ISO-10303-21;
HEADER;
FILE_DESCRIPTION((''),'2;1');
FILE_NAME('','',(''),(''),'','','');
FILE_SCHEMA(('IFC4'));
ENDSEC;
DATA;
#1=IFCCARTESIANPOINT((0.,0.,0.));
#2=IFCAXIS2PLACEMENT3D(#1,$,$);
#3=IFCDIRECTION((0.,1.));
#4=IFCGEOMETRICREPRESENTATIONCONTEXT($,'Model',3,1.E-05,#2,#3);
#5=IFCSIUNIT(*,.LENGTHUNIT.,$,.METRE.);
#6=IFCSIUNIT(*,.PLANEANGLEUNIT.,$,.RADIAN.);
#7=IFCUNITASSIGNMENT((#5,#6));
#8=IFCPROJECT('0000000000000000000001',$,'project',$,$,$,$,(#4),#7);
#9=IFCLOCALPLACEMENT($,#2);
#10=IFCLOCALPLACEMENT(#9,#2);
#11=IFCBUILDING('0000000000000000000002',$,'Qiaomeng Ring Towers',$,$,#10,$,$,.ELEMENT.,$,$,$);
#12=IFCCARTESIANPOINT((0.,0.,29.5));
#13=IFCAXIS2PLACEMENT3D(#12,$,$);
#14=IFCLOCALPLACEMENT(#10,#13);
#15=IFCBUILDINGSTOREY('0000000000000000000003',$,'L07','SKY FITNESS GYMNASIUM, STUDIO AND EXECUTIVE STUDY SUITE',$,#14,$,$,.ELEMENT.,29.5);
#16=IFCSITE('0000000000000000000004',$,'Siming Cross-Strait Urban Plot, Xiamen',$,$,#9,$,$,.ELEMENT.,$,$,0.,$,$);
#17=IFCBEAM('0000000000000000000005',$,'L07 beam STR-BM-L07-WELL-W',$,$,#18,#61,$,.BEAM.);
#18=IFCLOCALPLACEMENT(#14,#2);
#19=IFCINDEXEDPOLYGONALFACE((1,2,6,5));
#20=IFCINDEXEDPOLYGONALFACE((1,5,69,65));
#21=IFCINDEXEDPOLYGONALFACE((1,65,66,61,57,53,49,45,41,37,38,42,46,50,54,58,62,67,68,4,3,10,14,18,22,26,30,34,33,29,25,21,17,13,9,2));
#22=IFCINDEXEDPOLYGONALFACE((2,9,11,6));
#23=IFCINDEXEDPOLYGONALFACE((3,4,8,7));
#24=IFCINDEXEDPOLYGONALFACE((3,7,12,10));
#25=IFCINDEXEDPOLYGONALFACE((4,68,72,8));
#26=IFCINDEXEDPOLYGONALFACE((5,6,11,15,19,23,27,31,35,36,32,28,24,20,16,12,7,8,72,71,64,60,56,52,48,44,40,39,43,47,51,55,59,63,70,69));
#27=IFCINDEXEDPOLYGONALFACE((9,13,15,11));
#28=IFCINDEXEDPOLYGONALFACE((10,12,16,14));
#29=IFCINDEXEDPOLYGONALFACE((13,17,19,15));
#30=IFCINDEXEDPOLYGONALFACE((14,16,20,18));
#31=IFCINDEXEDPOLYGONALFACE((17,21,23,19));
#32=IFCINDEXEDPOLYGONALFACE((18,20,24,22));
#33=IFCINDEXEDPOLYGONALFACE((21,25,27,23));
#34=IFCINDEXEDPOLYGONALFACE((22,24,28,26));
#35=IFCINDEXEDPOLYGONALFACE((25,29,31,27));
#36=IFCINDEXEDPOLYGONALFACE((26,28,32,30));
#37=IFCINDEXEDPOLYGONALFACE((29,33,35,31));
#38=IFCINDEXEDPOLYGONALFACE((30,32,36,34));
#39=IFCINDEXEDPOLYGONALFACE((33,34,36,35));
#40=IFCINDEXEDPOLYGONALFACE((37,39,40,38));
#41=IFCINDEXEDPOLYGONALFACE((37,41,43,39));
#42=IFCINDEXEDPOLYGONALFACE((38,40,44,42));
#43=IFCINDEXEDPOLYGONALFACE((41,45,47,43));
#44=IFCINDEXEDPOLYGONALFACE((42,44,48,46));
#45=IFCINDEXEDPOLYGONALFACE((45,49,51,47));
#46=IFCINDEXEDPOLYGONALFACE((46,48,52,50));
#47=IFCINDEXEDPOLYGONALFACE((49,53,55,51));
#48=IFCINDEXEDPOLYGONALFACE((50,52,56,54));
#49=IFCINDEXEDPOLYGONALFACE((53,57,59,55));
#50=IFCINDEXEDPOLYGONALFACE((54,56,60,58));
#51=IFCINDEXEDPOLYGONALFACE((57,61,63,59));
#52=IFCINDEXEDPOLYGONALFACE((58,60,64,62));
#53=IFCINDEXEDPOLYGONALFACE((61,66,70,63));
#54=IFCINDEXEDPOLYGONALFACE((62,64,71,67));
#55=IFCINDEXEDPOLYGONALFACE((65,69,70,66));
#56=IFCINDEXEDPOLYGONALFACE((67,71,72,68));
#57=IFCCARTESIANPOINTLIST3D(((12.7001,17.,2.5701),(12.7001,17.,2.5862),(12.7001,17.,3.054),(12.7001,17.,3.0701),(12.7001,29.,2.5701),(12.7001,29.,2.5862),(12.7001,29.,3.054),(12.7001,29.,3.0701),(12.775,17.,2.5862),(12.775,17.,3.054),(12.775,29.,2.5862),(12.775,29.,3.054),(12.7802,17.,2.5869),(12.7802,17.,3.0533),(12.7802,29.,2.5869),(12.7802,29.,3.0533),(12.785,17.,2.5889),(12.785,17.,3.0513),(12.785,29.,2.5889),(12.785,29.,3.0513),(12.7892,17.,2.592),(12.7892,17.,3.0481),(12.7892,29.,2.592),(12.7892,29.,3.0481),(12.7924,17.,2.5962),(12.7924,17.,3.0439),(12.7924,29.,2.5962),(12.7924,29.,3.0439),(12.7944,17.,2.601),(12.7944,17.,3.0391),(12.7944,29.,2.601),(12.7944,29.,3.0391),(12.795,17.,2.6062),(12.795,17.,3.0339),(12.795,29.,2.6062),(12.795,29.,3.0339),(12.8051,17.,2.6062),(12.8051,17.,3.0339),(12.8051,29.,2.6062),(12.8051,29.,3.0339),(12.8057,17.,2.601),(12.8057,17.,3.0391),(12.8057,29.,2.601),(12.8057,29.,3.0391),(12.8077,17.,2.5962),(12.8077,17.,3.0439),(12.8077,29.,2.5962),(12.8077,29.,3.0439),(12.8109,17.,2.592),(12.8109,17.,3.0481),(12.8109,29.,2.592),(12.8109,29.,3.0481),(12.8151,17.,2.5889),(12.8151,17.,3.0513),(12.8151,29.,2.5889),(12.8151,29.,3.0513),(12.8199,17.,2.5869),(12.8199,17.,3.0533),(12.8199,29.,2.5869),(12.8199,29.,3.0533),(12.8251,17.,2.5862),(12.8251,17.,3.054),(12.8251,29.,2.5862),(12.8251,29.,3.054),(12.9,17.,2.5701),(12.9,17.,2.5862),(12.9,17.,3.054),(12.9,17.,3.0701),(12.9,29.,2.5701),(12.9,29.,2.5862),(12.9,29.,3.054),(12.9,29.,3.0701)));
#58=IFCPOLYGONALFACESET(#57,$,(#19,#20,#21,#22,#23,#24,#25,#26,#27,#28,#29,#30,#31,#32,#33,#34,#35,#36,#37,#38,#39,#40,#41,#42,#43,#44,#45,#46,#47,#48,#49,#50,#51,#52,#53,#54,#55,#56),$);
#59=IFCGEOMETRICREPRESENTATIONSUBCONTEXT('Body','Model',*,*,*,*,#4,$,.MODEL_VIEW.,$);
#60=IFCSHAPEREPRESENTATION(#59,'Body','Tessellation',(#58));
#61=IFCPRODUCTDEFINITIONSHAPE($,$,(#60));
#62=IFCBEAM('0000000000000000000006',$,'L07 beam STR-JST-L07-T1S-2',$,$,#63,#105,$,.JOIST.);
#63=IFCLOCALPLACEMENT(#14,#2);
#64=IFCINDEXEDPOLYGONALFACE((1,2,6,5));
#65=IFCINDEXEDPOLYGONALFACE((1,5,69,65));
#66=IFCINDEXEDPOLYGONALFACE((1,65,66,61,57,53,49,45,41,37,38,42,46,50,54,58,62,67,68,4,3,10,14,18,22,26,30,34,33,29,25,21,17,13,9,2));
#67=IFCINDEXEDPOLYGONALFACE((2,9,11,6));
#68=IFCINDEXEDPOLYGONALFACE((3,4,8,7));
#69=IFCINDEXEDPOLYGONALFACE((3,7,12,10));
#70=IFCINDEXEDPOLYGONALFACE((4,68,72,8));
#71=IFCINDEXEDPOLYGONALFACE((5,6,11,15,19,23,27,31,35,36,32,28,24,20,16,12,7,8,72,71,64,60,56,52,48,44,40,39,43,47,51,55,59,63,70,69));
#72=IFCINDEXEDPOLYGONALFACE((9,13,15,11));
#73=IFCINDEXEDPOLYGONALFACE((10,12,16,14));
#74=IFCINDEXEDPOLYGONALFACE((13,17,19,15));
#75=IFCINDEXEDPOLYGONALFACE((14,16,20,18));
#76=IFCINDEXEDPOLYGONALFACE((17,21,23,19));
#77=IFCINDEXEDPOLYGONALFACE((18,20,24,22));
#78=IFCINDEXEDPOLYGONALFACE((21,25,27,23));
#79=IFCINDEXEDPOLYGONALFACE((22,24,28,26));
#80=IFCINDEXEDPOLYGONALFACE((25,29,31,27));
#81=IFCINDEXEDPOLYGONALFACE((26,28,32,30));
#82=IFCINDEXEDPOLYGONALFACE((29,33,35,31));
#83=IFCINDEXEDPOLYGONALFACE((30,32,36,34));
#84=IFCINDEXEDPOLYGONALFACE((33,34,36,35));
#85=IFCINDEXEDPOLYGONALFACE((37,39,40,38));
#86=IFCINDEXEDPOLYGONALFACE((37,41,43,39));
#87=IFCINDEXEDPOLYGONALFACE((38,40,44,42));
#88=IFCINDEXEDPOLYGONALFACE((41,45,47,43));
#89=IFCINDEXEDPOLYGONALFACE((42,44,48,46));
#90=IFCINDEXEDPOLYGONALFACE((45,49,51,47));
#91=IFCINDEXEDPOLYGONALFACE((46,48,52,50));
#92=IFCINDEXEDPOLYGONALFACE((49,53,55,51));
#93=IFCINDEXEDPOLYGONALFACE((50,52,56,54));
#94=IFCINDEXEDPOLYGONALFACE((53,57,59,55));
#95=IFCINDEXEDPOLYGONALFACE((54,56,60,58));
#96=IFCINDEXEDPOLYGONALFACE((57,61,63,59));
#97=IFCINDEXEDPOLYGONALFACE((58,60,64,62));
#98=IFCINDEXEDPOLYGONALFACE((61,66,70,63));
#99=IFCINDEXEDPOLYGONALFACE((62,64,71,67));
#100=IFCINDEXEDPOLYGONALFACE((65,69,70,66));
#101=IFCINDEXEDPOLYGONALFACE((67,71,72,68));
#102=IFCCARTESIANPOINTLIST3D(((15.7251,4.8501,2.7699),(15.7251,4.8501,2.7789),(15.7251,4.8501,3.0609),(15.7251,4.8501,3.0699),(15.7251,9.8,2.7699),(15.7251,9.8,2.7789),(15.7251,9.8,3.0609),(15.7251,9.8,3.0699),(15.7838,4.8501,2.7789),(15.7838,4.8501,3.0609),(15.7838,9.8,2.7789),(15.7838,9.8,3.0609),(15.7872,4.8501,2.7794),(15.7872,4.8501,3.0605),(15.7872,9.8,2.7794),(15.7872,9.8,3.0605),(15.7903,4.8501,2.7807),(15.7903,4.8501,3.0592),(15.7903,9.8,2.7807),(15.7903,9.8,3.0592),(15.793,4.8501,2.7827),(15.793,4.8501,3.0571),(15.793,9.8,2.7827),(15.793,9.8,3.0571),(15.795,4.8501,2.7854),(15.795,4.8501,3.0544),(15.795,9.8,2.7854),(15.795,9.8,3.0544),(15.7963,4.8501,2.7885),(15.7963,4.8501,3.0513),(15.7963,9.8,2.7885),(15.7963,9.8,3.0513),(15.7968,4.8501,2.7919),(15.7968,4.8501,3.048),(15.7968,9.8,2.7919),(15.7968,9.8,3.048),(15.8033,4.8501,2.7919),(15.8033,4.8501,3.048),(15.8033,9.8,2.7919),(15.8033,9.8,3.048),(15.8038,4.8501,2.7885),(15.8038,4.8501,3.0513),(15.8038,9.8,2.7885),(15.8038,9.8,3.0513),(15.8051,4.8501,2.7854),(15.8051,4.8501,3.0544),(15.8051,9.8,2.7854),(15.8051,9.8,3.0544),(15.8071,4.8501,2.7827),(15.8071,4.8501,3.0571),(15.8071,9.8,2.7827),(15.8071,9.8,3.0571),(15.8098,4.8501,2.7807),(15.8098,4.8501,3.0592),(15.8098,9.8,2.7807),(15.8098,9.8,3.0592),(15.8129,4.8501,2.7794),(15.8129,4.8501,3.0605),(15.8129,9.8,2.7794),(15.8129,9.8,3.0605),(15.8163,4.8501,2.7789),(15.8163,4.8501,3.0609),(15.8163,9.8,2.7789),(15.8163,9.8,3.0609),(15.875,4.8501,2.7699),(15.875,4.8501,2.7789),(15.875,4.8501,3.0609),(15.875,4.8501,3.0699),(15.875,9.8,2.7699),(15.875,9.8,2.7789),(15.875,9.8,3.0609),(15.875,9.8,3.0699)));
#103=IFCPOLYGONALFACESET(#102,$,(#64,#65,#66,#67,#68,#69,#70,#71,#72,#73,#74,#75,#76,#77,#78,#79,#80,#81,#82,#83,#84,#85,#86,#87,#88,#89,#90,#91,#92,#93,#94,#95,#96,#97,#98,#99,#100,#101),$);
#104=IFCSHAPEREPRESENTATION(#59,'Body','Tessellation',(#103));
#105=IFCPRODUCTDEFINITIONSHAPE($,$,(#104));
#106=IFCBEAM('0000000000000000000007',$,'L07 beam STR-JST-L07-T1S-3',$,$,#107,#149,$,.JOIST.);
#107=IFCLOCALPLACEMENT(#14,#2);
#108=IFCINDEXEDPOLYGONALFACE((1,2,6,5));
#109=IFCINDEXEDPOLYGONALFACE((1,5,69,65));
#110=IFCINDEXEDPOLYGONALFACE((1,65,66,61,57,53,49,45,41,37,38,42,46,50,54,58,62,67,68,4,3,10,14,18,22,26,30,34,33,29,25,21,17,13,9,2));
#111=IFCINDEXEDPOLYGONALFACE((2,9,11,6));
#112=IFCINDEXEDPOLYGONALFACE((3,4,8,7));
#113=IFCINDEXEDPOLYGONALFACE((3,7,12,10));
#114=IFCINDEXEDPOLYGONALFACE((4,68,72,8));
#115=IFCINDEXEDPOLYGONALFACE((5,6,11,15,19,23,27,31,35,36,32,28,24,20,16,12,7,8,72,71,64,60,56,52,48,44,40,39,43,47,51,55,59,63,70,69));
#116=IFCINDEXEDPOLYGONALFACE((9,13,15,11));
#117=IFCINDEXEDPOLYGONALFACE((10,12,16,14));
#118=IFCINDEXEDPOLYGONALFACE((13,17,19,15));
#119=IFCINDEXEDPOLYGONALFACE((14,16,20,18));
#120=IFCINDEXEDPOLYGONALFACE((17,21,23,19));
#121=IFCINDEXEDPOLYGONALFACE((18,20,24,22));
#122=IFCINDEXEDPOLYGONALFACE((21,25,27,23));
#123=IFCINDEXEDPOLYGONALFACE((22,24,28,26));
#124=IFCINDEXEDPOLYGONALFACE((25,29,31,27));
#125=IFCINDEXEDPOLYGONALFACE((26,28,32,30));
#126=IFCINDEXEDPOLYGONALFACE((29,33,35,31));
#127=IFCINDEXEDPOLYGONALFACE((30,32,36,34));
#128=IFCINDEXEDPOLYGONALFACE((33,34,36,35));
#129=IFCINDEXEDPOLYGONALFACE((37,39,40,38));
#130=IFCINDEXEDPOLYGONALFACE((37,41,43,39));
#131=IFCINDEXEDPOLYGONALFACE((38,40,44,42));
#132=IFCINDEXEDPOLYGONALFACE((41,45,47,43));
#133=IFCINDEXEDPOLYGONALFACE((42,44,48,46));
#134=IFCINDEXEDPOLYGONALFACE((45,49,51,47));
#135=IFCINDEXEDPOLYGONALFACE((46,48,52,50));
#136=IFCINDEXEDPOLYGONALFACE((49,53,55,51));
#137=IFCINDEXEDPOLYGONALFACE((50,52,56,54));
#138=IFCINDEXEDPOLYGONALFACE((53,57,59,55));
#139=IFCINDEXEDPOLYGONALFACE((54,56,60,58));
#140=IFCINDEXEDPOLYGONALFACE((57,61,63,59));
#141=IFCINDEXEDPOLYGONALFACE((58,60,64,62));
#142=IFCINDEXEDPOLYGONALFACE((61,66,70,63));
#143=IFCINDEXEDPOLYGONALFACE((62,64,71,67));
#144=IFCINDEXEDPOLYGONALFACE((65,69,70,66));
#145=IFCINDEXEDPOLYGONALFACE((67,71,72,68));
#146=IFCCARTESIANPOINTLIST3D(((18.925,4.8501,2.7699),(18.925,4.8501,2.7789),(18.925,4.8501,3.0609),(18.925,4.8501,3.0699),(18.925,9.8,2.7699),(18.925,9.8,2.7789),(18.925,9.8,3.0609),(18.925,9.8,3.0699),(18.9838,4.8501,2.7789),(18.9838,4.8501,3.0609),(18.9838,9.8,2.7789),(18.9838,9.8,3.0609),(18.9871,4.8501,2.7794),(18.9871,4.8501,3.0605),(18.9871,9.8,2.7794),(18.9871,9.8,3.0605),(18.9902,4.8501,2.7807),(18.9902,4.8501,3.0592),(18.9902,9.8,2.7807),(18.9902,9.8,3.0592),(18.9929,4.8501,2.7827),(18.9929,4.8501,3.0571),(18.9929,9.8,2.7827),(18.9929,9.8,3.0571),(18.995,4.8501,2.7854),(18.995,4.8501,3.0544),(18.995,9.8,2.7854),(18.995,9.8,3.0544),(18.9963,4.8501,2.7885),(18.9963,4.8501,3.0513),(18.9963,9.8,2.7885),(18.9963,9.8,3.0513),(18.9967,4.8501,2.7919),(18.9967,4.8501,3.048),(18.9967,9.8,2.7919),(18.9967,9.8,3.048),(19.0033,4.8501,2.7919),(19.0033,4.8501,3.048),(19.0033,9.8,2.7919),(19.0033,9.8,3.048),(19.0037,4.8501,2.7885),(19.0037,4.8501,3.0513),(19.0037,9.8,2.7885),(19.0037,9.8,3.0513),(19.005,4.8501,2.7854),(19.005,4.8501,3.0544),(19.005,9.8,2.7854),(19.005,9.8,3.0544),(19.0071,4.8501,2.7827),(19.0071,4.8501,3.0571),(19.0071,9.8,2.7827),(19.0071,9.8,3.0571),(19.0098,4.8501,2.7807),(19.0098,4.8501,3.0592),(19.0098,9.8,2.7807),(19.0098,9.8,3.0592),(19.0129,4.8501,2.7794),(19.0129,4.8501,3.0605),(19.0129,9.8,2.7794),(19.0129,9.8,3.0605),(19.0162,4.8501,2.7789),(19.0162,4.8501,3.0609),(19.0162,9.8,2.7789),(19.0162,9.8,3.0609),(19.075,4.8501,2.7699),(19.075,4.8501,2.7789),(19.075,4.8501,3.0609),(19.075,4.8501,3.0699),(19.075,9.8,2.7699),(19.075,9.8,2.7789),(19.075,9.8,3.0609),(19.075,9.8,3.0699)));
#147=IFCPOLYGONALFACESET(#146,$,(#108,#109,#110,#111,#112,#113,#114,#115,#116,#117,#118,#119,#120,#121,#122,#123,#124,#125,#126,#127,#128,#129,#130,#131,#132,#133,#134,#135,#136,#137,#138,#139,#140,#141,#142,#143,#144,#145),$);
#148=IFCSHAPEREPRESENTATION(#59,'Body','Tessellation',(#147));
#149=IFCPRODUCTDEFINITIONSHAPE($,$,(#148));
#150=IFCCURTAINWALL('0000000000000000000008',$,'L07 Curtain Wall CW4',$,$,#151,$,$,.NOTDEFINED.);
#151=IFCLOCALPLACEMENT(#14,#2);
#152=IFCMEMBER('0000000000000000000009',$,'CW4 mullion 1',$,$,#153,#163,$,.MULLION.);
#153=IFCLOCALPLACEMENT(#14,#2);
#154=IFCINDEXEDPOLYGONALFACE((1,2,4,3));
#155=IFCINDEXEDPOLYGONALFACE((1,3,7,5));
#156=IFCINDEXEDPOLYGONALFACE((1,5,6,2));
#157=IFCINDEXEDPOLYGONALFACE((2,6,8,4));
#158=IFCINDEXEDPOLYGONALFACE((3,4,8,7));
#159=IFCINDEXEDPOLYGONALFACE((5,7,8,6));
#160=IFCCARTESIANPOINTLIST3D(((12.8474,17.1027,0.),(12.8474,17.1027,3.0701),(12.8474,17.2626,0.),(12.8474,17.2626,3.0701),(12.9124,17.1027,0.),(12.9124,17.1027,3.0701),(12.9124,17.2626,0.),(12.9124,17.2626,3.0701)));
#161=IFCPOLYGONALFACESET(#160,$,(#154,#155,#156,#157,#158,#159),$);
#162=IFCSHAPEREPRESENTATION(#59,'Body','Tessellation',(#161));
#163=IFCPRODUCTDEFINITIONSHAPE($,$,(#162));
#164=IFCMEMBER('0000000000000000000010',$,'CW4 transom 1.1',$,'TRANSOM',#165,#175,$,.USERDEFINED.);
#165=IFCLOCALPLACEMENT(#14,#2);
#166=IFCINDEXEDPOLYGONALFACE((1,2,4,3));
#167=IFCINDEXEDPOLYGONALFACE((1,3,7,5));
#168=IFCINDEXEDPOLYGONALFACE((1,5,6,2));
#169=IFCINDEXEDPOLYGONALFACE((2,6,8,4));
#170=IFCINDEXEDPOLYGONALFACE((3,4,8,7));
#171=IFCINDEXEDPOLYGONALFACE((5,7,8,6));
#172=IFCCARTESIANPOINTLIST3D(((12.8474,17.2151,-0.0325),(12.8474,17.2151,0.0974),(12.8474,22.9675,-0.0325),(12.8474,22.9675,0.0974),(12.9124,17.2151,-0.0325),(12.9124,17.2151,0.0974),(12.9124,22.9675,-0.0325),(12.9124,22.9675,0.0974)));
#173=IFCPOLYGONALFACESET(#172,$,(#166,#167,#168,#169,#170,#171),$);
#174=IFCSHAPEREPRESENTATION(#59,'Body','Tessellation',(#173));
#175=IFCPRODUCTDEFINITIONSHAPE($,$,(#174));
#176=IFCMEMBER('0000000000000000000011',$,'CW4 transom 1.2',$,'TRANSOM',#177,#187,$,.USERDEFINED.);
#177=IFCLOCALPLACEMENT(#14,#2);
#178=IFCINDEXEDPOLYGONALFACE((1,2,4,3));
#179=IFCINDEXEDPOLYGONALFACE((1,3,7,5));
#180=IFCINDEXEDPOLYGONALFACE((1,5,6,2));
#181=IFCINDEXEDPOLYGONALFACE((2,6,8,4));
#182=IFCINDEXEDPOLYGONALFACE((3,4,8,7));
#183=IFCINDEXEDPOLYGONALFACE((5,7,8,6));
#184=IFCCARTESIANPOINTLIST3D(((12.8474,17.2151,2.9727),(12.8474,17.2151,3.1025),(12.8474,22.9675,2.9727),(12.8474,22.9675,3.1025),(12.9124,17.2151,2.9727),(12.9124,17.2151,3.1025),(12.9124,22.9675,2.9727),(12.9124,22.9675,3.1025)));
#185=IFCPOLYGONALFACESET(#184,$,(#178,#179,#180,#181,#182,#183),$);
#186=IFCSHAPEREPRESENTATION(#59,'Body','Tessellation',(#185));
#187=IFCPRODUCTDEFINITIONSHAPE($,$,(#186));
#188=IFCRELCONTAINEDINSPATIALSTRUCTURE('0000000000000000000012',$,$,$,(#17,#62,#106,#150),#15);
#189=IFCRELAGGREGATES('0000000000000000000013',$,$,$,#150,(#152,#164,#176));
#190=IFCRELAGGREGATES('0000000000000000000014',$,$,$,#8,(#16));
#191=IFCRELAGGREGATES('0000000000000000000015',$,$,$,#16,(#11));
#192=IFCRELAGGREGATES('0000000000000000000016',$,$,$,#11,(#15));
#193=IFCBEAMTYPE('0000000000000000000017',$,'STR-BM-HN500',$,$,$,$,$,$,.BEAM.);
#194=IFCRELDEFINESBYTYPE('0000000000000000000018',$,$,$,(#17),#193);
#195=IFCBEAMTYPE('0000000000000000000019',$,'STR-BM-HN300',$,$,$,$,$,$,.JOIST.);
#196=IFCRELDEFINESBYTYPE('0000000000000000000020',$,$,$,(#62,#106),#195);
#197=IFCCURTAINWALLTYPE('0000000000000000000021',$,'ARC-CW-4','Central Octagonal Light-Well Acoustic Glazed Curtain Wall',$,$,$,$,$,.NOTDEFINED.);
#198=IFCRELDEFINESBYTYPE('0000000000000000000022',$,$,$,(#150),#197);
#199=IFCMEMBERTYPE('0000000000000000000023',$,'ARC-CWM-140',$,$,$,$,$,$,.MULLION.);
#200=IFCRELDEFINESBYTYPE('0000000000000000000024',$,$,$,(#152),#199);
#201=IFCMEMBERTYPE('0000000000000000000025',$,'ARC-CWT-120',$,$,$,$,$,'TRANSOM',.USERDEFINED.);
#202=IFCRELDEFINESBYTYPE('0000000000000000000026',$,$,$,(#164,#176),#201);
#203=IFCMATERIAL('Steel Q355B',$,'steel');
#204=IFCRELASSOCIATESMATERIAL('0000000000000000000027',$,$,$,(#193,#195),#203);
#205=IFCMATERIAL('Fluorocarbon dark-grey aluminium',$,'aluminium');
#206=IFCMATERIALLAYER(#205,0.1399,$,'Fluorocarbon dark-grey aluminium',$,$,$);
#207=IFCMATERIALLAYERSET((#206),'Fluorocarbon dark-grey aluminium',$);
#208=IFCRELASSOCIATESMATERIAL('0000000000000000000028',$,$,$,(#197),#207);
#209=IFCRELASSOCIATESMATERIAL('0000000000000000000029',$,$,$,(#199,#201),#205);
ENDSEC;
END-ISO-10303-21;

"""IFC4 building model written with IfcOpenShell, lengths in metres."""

from ifc_helpers import new_model, si_unit, direction, frame, origin, origin_2d, place, context, subcontext, project, spatial, rectangle, i_section, extrude, source, transform, mapped, material, layer, layer_set, material_profile, profile_set, type_object, element, aggregate, save


model = new_model("IFC4")

# Units and contexts
model_context = context("Model", 3, precision=1e-05, world=origin(), true_north=direction((0.0, 1.0)))
body_context = subcontext(model_context, "Body", "Model", "MODEL_VIEW")
ifc_project = project(units=[si_unit("LENGTHUNIT", "METRE"), si_unit("PLANEANGLEUNIT", "RADIAN")], contexts=[model_context])

# Site, building, storey
site_placement = place(None, origin())
site = spatial("IfcSite", under=ifc_project, at=site_placement, Name="Siming Cross-Strait Urban Plot, Xiamen", CompositionType="ELEMENT", RefElevation=0.0)
building_placement = place(site_placement, origin())
building = spatial("IfcBuilding", under=site, at=building_placement, Name="Qiaomeng Ring Towers", CompositionType="ELEMENT")
storey_placement = place(building_placement, frame((0.0, 0.0, 29.5)))
storey = spatial("IfcBuildingStorey", under=building, at=storey_placement, Name="L07", Description="SKY FITNESS GYMNASIUM, STUDIO AND EXECUTIVE STUDY SUITE", CompositionType="ELEMENT", Elevation=29.5)

# Beams
ifc_material_1 = material(Name="Steel Q355B", Category="steel")
ifc_material_profile_1 = material_profile(ifc_material_1, i_section(OverallWidth=0.2, OverallDepth=0.5, WebThickness=0.01, FlangeThickness=0.0161, FilletRadius=0.02, at=origin_2d()), Name="HN 500x200x10x16")
ifc_profile_set_1 = profile_set([ifc_material_profile_1], Name="Steel Q355B")
beam_type_1 = type_object("IfcBeamType", Name="STR-BM-HN500", PredefinedType="BEAM", material=ifc_profile_set_1)
shared_shape_1 = source(origin(), body_context, "Body", "SweptSolid", [
    extrude(i_section(OverallWidth=0.2, OverallDepth=0.5, WebThickness=0.01, FlangeThickness=0.0161, FilletRadius=0.02, at=origin_2d()), origin(), (0.0, 0.0, 1.0), 12.0),
])
beam_placement = place(storey_placement, frame((12.8, 17.0, 2.8201), z_axis=(0.0, 1.0, 0.0), x_axis=(-1.0, 0.0, 0.0)))
element("IfcBeam", 1, at=beam_placement, inside=storey, type_object=beam_type_1, Name="L07 beam STR-BM-L07-WELL-W", PredefinedType="BEAM", context=body_context, shape_type="MappedRepresentation", body=[
    mapped(shared_shape_1, transform((0.0, 0.0, 0.0), x_axis=(1.0, 0.0, 0.0), y_axis=(0.0, 1.0, 0.0), z_axis=(0.0, 0.0, 1.0), scale=1.0)),
])
ifc_material_profile_2 = material_profile(ifc_material_1, i_section(OverallWidth=0.1499, OverallDepth=0.3, WebThickness=0.0066, FlangeThickness=0.009, FilletRadius=0.0129, at=origin_2d()), Name="HN 300x150x6.5x9")
ifc_profile_set_2 = profile_set([ifc_material_profile_2], Name="Steel Q355B")
beam_type_2 = type_object("IfcBeamType", Name="STR-BM-HN300", PredefinedType="JOIST", material=ifc_profile_set_2)
shared_shape_2 = source(origin(), body_context, "Body", "SweptSolid", [
    extrude(i_section(OverallWidth=0.1499, OverallDepth=0.3, WebThickness=0.0066, FlangeThickness=0.009, FilletRadius=0.0129, at=origin_2d()), origin(), (0.0, 0.0, 1.0), 4.95),
])
for number, where, z_axis, x_axis, name in (
    (2, (15.8, 4.8501, 2.9199), (0.0, 1.0, 0.0), (-1.0, 0.0, 0.0), "L07 beam STR-JST-L07-T1S-2"),
    (3, (19.0, 4.8501, 2.9199), (0.0, 1.0, 0.0), (-1.0, 0.0, 0.0), "L07 beam STR-JST-L07-T1S-3"),
):
    element("IfcBeam", number, at=place(storey_placement, frame(where, z_axis=z_axis, x_axis=x_axis)), inside=storey, type_object=beam_type_2, Name=name, PredefinedType="JOIST", context=body_context, shape_type="MappedRepresentation", body=[
        mapped(shared_shape_2, transform((0.0, 0.0, 0.0), x_axis=(1.0, 0.0, 0.0), y_axis=(0.0, 1.0, 0.0), z_axis=(0.0, 0.0, 1.0), scale=1.0)),
    ])

# Curtain wall, members
ifc_material_2 = material(Name="Fluorocarbon dark-grey aluminium", Category="aluminium")
ifc_layer_1 = layer(ifc_material_2, 0.1399, Name="Fluorocarbon dark-grey aluminium")
ifc_layer_set_1 = layer_set([ifc_layer_1], Name="Fluorocarbon dark-grey aluminium")
curtain_wall_type = type_object("IfcCurtainWallType", Name="ARC-CW-4", Description="Central Octagonal Light-Well Acoustic Glazed Curtain Wall", PredefinedType="NOTDEFINED", material=ifc_layer_set_1)
curtain_wall_placement = place(storey_placement, origin())
curtain_wall = element("IfcCurtainWall", 4, at=curtain_wall_placement, inside=storey, type_object=curtain_wall_type, Name="L07 Curtain Wall CW4", PredefinedType="NOTDEFINED")
ifc_material_profile_3 = material_profile(ifc_material_2, rectangle(XDim=0.0649, YDim=0.1599, at=origin_2d()), Name="ALU MULL 65x160")
ifc_profile_set_3 = profile_set([ifc_material_profile_3], Name="Fluorocarbon dark-grey aluminium")
member_type_1 = type_object("IfcMemberType", Name="ARC-CWM-140", PredefinedType="MULLION", material=ifc_profile_set_3)
shared_shape_3 = source(origin(), body_context, "Body", "SweptSolid", [
    extrude(rectangle(XDim=0.0649, YDim=0.1599, at=origin_2d()), origin(), (0.0, 0.0, 1.0), 3.0701),
])
member_1_placement = place(storey_placement, frame((12.8799, 17.1826, 0.0), z_axis=(0.0, 0.0, 1.0), x_axis=(-1.0, 0.0, 0.0)))
member_1 = element("IfcMember", 5, at=member_1_placement, type_object=member_type_1, Name="CW4 mullion 1", PredefinedType="MULLION", context=body_context, shape_type="MappedRepresentation", body=[
    mapped(shared_shape_3, transform((0.0, 0.0, 0.0), x_axis=(1.0, 0.0, 0.0), y_axis=(0.0, 1.0, 0.0), z_axis=(0.0, 0.0, 1.0), scale=1.0)),
])
ifc_material_profile_4 = material_profile(ifc_material_2, rectangle(XDim=0.0649, YDim=0.1299, at=origin_2d()), Name="ALU TRAN 65x130")
ifc_profile_set_4 = profile_set([ifc_material_profile_4], Name="Fluorocarbon dark-grey aluminium")
member_type_2 = type_object("IfcMemberType", Name="ARC-CWT-120", ElementType="TRANSOM", PredefinedType="USERDEFINED", material=ifc_profile_set_4)
shared_shape_4 = source(origin(), body_context, "Body", "SweptSolid", [
    extrude(rectangle(XDim=0.0649, YDim=0.1299, at=origin_2d()), origin(), (0.0, 0.0, 1.0), 5.7524),
])
member_2_placement = place(storey_placement, frame((12.8799, 17.2151, 0.0325), z_axis=(0.0, 1.0, 0.0), x_axis=(-1.0, 0.0, 0.0)))
member_2 = element("IfcMember", 6, at=member_2_placement, type_object=member_type_2, Name="CW4 transom 1.1", ObjectType="TRANSOM", PredefinedType="USERDEFINED", context=body_context, shape_type="MappedRepresentation", body=[
    mapped(shared_shape_4, transform((0.0, 0.0, 0.0), x_axis=(1.0, 0.0, 0.0), y_axis=(0.0, 1.0, 0.0), z_axis=(0.0, 0.0, 1.0), scale=1.0)),
])
member_3_placement = place(storey_placement, frame((12.8799, 17.2151, 3.0376), z_axis=(0.0, 1.0, 0.0), x_axis=(-1.0, 0.0, 0.0)))
member_3 = element("IfcMember", 7, at=member_3_placement, type_object=member_type_2, Name="CW4 transom 1.2", ObjectType="TRANSOM", PredefinedType="USERDEFINED", context=body_context, shape_type="MappedRepresentation", body=[
    mapped(shared_shape_4, transform((0.0, 0.0, 0.0), x_axis=(1.0, 0.0, 0.0), y_axis=(0.0, 1.0, 0.0), z_axis=(0.0, 0.0, 1.0), scale=1.0)),
])
aggregate(curtain_wall, [member_1, member_2, member_3])

save(model, "model.ifc")
